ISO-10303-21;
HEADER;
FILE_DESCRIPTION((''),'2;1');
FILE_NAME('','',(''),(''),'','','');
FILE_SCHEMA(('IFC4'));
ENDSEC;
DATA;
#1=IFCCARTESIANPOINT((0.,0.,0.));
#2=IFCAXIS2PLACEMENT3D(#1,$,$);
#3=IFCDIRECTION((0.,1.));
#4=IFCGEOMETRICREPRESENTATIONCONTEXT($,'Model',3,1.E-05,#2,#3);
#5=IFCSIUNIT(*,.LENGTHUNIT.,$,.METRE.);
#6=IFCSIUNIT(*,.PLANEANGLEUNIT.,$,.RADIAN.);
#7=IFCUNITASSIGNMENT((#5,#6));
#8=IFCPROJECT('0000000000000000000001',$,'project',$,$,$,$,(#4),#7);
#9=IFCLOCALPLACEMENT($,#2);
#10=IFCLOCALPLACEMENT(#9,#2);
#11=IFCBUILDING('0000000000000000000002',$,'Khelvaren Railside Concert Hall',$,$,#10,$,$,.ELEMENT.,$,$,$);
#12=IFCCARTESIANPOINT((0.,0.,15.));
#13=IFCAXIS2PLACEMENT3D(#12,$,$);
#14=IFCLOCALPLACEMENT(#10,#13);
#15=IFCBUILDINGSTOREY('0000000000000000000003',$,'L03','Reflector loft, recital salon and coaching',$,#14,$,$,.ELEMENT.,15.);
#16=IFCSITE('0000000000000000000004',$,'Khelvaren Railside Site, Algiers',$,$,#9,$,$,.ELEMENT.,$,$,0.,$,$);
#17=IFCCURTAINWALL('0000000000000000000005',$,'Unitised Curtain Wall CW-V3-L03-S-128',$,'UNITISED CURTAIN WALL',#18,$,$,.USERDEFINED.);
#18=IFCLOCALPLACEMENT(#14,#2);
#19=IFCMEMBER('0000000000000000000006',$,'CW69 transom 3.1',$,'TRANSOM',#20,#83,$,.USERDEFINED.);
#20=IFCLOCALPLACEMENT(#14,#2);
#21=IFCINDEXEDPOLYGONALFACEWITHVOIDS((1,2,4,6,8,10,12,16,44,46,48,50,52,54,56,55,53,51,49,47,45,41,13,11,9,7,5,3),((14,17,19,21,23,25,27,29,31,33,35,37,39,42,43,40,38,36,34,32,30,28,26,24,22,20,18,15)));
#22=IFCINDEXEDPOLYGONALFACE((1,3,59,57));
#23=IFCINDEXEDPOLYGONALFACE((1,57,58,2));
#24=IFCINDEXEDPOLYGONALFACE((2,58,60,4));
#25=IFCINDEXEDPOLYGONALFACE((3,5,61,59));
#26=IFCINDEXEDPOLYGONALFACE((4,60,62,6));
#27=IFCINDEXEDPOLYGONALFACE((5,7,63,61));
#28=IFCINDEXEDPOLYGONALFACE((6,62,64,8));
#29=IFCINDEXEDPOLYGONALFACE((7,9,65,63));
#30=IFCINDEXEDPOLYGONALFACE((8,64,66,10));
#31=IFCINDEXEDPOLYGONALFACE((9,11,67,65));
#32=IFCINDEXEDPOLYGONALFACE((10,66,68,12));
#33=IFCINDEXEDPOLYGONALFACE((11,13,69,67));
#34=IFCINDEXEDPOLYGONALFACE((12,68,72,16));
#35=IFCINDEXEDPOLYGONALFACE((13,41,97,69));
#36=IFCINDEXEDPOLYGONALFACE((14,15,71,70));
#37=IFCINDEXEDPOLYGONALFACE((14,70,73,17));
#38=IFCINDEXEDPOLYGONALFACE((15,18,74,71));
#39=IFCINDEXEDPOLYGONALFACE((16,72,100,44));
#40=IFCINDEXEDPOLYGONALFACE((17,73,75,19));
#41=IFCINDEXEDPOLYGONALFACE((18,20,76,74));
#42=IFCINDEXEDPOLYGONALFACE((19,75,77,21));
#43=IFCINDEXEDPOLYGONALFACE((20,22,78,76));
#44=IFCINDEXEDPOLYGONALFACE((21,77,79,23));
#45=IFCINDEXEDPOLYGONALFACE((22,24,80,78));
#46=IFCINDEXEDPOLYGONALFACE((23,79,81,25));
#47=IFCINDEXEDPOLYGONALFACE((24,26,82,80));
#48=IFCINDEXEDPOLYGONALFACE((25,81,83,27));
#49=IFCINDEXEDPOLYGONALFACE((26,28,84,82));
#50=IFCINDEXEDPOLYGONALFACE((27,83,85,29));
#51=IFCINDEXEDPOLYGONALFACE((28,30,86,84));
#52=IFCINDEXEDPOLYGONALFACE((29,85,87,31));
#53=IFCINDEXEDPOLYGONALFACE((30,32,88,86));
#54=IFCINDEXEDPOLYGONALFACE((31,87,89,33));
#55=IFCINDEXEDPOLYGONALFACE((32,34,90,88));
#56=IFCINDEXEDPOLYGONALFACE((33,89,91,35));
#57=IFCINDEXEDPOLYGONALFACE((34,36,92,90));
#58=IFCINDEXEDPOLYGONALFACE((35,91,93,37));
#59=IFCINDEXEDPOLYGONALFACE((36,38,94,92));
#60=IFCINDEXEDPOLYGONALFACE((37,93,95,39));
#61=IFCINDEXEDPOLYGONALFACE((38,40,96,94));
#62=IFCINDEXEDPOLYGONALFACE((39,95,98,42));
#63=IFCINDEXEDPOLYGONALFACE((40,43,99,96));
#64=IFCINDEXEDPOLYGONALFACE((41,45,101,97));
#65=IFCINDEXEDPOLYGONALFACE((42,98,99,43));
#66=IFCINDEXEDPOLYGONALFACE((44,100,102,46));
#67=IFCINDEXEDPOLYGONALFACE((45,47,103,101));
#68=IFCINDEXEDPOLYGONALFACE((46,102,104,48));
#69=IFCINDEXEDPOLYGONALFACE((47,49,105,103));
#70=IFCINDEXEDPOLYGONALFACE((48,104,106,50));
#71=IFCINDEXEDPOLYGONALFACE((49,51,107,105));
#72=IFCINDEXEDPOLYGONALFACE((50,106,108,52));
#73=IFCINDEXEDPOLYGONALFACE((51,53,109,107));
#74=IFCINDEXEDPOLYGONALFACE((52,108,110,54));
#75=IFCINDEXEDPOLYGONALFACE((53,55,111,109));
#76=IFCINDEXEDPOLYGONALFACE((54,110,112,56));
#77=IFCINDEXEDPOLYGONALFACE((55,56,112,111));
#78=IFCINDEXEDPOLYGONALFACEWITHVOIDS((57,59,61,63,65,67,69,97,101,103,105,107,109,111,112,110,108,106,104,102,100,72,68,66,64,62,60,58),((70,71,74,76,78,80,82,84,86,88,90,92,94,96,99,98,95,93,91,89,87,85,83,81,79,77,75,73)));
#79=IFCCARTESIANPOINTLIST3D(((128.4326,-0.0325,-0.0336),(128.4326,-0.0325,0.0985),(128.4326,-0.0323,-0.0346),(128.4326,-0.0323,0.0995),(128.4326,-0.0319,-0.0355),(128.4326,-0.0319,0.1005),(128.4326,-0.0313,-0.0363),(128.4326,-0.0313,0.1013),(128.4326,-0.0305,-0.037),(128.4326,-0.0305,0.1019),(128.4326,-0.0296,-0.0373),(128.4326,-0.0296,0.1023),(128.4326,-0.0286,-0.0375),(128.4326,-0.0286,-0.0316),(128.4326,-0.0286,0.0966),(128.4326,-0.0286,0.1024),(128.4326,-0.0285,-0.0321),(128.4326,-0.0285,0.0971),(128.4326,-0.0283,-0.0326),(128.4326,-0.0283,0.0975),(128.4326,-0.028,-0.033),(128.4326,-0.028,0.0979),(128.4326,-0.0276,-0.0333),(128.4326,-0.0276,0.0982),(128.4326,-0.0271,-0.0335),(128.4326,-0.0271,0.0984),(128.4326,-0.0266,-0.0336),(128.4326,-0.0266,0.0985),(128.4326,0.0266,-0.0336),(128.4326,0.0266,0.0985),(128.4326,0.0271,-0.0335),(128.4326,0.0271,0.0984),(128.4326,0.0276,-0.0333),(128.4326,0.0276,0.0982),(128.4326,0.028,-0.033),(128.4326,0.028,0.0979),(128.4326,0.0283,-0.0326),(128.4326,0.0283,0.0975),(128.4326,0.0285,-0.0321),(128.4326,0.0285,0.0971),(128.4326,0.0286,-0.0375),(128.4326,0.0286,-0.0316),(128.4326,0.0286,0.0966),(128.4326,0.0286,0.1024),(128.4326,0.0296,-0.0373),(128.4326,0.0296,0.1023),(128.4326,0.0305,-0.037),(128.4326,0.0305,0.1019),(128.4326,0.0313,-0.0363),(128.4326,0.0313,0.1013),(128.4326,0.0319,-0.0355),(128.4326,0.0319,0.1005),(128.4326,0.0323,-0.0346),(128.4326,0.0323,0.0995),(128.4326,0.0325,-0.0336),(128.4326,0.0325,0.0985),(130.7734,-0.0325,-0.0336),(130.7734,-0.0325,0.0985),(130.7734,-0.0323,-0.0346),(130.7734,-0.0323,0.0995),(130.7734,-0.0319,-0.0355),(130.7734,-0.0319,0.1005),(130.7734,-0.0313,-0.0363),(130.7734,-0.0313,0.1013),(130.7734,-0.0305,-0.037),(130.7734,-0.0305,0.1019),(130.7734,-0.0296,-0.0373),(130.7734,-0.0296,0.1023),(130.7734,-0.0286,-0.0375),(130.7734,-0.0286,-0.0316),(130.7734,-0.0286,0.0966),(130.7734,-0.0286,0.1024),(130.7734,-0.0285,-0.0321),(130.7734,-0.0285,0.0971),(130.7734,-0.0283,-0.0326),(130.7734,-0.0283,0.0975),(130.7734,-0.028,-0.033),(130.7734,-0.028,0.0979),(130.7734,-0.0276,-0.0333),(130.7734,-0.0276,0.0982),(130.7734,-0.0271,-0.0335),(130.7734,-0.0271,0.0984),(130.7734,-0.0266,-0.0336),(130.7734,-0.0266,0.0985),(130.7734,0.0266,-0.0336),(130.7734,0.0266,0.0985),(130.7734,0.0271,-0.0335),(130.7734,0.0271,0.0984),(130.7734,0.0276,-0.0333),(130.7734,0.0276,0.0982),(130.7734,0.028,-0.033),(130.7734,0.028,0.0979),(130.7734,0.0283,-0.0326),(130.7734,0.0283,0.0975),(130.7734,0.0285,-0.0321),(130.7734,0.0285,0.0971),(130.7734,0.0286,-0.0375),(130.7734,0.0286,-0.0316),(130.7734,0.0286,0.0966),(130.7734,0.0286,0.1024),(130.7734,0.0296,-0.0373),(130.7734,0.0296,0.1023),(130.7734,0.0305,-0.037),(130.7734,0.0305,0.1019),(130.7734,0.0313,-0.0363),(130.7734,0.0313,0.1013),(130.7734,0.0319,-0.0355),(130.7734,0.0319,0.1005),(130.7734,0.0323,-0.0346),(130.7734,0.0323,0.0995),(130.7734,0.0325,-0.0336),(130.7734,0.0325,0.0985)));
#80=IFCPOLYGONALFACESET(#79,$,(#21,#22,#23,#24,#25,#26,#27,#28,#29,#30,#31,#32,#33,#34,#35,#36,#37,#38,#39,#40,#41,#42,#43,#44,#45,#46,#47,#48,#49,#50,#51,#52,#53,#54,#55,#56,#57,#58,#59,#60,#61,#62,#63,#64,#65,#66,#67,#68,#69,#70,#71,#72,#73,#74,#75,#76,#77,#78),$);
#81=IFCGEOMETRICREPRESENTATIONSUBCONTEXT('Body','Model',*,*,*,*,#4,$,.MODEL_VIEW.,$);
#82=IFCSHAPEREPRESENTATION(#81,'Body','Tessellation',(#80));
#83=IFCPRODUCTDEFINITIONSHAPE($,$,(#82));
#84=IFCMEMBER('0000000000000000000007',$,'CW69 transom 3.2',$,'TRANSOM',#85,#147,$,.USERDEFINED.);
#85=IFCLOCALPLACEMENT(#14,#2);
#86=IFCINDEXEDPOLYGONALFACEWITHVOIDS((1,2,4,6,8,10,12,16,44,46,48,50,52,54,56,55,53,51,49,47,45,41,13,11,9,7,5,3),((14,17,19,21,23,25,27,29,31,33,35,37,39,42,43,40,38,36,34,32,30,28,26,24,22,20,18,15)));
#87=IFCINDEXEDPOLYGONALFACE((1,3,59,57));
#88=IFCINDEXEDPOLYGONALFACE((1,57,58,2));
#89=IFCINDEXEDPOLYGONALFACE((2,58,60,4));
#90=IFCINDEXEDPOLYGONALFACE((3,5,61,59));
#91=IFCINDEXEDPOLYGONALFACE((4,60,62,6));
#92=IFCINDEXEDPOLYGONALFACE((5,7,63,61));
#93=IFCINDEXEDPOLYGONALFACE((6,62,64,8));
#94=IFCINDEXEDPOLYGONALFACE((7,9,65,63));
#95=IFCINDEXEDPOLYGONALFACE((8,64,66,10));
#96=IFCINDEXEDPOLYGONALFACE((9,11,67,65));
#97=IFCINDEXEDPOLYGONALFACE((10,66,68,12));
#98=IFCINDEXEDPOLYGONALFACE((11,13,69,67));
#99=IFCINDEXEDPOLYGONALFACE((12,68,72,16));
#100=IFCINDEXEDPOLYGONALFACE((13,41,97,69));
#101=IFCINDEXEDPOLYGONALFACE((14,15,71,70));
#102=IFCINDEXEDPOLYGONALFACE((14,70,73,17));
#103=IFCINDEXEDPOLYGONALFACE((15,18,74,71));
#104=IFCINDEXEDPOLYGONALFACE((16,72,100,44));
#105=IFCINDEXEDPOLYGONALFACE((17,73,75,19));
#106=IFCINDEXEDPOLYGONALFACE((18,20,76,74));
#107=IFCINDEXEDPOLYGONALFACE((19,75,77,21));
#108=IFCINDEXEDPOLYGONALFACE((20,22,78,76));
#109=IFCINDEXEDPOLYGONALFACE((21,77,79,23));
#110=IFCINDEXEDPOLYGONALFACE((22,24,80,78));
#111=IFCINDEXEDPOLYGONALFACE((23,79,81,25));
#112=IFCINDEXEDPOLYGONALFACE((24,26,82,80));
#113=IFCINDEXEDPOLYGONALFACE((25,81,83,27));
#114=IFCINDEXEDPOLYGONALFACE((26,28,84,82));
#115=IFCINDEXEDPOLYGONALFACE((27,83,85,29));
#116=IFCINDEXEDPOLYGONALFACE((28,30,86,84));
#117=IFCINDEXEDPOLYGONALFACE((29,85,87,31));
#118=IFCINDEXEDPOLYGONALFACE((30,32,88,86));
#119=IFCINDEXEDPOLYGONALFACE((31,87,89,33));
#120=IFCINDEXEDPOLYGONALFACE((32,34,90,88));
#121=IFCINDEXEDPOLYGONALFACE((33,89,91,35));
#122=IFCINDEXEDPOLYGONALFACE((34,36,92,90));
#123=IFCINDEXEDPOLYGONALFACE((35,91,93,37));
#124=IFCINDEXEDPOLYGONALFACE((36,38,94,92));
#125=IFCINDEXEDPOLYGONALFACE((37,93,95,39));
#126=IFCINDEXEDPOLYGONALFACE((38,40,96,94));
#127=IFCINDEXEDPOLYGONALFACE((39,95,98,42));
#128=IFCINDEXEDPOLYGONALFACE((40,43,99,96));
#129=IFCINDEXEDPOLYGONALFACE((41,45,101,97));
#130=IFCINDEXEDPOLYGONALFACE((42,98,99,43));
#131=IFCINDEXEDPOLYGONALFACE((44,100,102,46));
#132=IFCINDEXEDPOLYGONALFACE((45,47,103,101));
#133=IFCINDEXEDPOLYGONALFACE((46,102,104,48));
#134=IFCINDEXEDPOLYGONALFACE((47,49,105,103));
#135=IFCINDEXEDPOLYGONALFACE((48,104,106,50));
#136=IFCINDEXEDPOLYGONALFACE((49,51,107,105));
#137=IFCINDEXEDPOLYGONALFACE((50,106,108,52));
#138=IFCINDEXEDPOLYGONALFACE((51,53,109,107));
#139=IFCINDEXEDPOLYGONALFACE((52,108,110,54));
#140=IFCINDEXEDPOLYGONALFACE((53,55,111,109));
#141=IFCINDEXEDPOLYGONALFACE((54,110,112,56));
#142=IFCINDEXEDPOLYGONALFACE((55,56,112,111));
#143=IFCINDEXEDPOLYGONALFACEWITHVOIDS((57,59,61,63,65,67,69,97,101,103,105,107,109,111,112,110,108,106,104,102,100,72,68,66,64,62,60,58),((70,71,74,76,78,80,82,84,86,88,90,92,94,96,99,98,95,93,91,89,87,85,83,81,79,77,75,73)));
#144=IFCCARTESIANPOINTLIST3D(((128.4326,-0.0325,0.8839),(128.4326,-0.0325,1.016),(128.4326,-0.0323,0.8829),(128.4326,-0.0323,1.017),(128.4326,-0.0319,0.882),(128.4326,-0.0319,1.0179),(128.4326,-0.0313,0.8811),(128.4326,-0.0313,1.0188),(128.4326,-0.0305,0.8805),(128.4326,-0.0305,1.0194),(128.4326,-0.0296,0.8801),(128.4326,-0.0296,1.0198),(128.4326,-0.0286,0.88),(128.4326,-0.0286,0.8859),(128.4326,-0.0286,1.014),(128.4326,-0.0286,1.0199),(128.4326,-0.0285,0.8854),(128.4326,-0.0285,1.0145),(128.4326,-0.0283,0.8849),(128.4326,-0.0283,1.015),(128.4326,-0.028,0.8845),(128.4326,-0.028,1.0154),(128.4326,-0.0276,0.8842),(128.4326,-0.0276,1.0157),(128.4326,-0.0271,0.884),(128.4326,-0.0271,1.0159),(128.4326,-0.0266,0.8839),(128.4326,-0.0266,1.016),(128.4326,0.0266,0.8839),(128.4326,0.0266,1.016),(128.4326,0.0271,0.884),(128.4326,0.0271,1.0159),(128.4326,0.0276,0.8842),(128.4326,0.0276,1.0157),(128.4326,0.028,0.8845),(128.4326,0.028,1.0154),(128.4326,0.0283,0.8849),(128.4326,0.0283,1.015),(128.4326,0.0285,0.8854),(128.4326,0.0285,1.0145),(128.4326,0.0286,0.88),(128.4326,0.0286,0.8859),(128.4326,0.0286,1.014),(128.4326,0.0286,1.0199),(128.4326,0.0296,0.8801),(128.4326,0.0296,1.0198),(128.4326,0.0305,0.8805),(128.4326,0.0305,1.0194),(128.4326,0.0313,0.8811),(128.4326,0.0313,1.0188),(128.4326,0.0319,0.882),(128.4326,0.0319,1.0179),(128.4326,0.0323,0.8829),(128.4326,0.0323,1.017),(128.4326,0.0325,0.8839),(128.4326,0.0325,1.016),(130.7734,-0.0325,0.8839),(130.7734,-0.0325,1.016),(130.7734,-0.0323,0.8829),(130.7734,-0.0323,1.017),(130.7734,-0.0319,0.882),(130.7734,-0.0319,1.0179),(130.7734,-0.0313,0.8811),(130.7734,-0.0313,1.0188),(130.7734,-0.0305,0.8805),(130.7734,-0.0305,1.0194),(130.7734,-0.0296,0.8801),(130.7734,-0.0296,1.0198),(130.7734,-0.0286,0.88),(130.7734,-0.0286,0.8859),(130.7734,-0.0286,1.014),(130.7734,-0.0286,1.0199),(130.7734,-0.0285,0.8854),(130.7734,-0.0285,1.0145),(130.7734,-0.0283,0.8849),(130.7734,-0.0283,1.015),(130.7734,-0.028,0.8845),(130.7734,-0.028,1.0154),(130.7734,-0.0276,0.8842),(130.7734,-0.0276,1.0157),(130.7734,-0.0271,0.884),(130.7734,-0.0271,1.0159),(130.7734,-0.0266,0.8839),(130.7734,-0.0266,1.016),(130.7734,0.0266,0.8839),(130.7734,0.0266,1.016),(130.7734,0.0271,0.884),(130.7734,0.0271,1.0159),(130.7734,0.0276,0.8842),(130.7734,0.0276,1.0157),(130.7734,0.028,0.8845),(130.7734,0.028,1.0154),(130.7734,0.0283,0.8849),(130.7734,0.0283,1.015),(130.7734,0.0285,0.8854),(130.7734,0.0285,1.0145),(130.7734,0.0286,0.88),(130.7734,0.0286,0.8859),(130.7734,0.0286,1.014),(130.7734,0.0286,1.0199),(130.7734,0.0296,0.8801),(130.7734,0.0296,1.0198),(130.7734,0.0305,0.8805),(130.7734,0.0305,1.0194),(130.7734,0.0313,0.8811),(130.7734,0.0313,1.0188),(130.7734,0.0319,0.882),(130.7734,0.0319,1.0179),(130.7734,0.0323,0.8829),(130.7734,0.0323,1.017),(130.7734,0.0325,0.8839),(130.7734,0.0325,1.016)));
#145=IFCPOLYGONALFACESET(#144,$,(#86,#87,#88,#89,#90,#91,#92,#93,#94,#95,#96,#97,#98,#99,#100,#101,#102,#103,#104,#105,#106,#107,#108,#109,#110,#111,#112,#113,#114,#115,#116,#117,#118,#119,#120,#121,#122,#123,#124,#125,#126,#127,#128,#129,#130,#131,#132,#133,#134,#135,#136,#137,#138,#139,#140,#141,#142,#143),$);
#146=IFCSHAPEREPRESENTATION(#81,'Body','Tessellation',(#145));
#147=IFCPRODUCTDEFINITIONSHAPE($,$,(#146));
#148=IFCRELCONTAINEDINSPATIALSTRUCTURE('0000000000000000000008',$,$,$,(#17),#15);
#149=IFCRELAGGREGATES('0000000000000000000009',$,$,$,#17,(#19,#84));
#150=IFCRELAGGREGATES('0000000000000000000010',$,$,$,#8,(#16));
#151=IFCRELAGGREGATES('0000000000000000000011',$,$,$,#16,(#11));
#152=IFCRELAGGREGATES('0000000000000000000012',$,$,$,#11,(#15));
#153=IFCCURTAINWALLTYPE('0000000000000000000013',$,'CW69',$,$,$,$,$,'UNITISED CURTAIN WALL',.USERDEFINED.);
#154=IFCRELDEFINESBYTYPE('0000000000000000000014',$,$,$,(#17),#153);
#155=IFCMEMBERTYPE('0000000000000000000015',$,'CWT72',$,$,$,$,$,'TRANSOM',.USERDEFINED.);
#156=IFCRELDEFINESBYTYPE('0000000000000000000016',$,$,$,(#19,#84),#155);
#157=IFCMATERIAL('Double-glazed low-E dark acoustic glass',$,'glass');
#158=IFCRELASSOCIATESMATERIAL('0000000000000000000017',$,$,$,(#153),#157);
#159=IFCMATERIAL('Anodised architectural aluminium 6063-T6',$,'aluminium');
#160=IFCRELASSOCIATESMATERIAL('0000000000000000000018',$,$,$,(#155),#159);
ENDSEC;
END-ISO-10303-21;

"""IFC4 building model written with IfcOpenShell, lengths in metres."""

from ifc_helpers import new_model, si_unit, direction, frame, origin, origin_2d, place, context, subcontext, project, spatial, hollow_rectangle, extrude, material, material_profile, profile_set, type_object, element, aggregate, save


model = new_model("IFC4")

# Units and contexts
model_context = context("Model", 3, precision=1e-05, world=origin(), true_north=direction((0.0, 1.0)))
body_context = subcontext(model_context, "Body", "Model", "MODEL_VIEW")
ifc_project = project(units=[si_unit("LENGTHUNIT", "METRE"), si_unit("PLANEANGLEUNIT", "RADIAN")], contexts=[model_context])

# Site, building, storey
site_placement = place(None, origin())
site = spatial("IfcSite", under=ifc_project, at=site_placement, Name="Khelvaren Railside Site, Algiers", CompositionType="ELEMENT", RefElevation=0.0)
building_placement = place(site_placement, origin())
building = spatial("IfcBuilding", under=site, at=building_placement, Name="Khelvaren Railside Concert Hall", CompositionType="ELEMENT")
storey_placement = place(building_placement, frame((0.0, 0.0, 15.0)))
storey = spatial("IfcBuildingStorey", under=building, at=storey_placement, Name="L03", Description="Reflector loft, recital salon and coaching", CompositionType="ELEMENT", Elevation=15.0)

# Curtain wall, members
ifc_material_1 = material(Name="Double-glazed low-E dark acoustic glass", Category="glass")
curtain_wall_type = type_object("IfcCurtainWallType", Name="CW69", ElementType="UNITISED CURTAIN WALL", PredefinedType="USERDEFINED", material=ifc_material_1)
curtain_wall_placement = place(storey_placement, origin())
curtain_wall = element("IfcCurtainWall", 1, at=curtain_wall_placement, inside=storey, type_object=curtain_wall_type, Name="Unitised Curtain Wall CW-V3-L03-S-128", ObjectType="UNITISED CURTAIN WALL", PredefinedType="USERDEFINED")
ifc_material_2 = material(Name="Anodised architectural aluminium 6063-T6", Category="aluminium")
ifc_material_profile_1 = material_profile(ifc_material_2, hollow_rectangle(XDim=0.0649, YDim=0.1399, WallThickness=0.0039, InnerFilletRadius=0.002, OuterFilletRadius=0.0039, at=origin_2d()), Name="CWT 65x140x4")
ifc_profile_set_1 = profile_set([ifc_material_profile_1], Name="Anodised architectural aluminium 6063-T6")
member_type_1 = type_object("IfcMemberType", Name="CWT72", ElementType="TRANSOM", PredefinedType="USERDEFINED", material=ifc_profile_set_1)
member_1_placement = place(storey_placement, frame((130.7734, 0.0, 0.0325), z_axis=(-1.0, 0.0, 0.0), x_axis=(0.0, -1.0, 0.0)))
member_1 = element("IfcMember", 2, at=member_1_placement, type_object=member_type_1, Name="CW69 transom 3.1", ObjectType="TRANSOM", PredefinedType="USERDEFINED", context=body_context, shape_type="SweptSolid", body=[
    extrude(hollow_rectangle(XDim=0.0649, YDim=0.1399, WallThickness=0.0039, InnerFilletRadius=0.002, OuterFilletRadius=0.0039, at=origin_2d()), origin(), (0.0, 0.0, 1.0), 2.3408),
])
member_2_placement = place(storey_placement, frame((130.7734, 0.0, 0.95), z_axis=(-1.0, 0.0, 0.0), x_axis=(0.0, -1.0, 0.0)))
member_2 = element("IfcMember", 3, at=member_2_placement, type_object=member_type_1, Name="CW69 transom 3.2", ObjectType="TRANSOM", PredefinedType="USERDEFINED", context=body_context, shape_type="SweptSolid", body=[
    extrude(hollow_rectangle(XDim=0.0649, YDim=0.1399, WallThickness=0.0039, InnerFilletRadius=0.002, OuterFilletRadius=0.0039, at=origin_2d()), origin(), (0.0, 0.0, 1.0), 2.3408),
])

aggregate(curtain_wall, [member_1, member_2])

save(model, "model.ifc")
